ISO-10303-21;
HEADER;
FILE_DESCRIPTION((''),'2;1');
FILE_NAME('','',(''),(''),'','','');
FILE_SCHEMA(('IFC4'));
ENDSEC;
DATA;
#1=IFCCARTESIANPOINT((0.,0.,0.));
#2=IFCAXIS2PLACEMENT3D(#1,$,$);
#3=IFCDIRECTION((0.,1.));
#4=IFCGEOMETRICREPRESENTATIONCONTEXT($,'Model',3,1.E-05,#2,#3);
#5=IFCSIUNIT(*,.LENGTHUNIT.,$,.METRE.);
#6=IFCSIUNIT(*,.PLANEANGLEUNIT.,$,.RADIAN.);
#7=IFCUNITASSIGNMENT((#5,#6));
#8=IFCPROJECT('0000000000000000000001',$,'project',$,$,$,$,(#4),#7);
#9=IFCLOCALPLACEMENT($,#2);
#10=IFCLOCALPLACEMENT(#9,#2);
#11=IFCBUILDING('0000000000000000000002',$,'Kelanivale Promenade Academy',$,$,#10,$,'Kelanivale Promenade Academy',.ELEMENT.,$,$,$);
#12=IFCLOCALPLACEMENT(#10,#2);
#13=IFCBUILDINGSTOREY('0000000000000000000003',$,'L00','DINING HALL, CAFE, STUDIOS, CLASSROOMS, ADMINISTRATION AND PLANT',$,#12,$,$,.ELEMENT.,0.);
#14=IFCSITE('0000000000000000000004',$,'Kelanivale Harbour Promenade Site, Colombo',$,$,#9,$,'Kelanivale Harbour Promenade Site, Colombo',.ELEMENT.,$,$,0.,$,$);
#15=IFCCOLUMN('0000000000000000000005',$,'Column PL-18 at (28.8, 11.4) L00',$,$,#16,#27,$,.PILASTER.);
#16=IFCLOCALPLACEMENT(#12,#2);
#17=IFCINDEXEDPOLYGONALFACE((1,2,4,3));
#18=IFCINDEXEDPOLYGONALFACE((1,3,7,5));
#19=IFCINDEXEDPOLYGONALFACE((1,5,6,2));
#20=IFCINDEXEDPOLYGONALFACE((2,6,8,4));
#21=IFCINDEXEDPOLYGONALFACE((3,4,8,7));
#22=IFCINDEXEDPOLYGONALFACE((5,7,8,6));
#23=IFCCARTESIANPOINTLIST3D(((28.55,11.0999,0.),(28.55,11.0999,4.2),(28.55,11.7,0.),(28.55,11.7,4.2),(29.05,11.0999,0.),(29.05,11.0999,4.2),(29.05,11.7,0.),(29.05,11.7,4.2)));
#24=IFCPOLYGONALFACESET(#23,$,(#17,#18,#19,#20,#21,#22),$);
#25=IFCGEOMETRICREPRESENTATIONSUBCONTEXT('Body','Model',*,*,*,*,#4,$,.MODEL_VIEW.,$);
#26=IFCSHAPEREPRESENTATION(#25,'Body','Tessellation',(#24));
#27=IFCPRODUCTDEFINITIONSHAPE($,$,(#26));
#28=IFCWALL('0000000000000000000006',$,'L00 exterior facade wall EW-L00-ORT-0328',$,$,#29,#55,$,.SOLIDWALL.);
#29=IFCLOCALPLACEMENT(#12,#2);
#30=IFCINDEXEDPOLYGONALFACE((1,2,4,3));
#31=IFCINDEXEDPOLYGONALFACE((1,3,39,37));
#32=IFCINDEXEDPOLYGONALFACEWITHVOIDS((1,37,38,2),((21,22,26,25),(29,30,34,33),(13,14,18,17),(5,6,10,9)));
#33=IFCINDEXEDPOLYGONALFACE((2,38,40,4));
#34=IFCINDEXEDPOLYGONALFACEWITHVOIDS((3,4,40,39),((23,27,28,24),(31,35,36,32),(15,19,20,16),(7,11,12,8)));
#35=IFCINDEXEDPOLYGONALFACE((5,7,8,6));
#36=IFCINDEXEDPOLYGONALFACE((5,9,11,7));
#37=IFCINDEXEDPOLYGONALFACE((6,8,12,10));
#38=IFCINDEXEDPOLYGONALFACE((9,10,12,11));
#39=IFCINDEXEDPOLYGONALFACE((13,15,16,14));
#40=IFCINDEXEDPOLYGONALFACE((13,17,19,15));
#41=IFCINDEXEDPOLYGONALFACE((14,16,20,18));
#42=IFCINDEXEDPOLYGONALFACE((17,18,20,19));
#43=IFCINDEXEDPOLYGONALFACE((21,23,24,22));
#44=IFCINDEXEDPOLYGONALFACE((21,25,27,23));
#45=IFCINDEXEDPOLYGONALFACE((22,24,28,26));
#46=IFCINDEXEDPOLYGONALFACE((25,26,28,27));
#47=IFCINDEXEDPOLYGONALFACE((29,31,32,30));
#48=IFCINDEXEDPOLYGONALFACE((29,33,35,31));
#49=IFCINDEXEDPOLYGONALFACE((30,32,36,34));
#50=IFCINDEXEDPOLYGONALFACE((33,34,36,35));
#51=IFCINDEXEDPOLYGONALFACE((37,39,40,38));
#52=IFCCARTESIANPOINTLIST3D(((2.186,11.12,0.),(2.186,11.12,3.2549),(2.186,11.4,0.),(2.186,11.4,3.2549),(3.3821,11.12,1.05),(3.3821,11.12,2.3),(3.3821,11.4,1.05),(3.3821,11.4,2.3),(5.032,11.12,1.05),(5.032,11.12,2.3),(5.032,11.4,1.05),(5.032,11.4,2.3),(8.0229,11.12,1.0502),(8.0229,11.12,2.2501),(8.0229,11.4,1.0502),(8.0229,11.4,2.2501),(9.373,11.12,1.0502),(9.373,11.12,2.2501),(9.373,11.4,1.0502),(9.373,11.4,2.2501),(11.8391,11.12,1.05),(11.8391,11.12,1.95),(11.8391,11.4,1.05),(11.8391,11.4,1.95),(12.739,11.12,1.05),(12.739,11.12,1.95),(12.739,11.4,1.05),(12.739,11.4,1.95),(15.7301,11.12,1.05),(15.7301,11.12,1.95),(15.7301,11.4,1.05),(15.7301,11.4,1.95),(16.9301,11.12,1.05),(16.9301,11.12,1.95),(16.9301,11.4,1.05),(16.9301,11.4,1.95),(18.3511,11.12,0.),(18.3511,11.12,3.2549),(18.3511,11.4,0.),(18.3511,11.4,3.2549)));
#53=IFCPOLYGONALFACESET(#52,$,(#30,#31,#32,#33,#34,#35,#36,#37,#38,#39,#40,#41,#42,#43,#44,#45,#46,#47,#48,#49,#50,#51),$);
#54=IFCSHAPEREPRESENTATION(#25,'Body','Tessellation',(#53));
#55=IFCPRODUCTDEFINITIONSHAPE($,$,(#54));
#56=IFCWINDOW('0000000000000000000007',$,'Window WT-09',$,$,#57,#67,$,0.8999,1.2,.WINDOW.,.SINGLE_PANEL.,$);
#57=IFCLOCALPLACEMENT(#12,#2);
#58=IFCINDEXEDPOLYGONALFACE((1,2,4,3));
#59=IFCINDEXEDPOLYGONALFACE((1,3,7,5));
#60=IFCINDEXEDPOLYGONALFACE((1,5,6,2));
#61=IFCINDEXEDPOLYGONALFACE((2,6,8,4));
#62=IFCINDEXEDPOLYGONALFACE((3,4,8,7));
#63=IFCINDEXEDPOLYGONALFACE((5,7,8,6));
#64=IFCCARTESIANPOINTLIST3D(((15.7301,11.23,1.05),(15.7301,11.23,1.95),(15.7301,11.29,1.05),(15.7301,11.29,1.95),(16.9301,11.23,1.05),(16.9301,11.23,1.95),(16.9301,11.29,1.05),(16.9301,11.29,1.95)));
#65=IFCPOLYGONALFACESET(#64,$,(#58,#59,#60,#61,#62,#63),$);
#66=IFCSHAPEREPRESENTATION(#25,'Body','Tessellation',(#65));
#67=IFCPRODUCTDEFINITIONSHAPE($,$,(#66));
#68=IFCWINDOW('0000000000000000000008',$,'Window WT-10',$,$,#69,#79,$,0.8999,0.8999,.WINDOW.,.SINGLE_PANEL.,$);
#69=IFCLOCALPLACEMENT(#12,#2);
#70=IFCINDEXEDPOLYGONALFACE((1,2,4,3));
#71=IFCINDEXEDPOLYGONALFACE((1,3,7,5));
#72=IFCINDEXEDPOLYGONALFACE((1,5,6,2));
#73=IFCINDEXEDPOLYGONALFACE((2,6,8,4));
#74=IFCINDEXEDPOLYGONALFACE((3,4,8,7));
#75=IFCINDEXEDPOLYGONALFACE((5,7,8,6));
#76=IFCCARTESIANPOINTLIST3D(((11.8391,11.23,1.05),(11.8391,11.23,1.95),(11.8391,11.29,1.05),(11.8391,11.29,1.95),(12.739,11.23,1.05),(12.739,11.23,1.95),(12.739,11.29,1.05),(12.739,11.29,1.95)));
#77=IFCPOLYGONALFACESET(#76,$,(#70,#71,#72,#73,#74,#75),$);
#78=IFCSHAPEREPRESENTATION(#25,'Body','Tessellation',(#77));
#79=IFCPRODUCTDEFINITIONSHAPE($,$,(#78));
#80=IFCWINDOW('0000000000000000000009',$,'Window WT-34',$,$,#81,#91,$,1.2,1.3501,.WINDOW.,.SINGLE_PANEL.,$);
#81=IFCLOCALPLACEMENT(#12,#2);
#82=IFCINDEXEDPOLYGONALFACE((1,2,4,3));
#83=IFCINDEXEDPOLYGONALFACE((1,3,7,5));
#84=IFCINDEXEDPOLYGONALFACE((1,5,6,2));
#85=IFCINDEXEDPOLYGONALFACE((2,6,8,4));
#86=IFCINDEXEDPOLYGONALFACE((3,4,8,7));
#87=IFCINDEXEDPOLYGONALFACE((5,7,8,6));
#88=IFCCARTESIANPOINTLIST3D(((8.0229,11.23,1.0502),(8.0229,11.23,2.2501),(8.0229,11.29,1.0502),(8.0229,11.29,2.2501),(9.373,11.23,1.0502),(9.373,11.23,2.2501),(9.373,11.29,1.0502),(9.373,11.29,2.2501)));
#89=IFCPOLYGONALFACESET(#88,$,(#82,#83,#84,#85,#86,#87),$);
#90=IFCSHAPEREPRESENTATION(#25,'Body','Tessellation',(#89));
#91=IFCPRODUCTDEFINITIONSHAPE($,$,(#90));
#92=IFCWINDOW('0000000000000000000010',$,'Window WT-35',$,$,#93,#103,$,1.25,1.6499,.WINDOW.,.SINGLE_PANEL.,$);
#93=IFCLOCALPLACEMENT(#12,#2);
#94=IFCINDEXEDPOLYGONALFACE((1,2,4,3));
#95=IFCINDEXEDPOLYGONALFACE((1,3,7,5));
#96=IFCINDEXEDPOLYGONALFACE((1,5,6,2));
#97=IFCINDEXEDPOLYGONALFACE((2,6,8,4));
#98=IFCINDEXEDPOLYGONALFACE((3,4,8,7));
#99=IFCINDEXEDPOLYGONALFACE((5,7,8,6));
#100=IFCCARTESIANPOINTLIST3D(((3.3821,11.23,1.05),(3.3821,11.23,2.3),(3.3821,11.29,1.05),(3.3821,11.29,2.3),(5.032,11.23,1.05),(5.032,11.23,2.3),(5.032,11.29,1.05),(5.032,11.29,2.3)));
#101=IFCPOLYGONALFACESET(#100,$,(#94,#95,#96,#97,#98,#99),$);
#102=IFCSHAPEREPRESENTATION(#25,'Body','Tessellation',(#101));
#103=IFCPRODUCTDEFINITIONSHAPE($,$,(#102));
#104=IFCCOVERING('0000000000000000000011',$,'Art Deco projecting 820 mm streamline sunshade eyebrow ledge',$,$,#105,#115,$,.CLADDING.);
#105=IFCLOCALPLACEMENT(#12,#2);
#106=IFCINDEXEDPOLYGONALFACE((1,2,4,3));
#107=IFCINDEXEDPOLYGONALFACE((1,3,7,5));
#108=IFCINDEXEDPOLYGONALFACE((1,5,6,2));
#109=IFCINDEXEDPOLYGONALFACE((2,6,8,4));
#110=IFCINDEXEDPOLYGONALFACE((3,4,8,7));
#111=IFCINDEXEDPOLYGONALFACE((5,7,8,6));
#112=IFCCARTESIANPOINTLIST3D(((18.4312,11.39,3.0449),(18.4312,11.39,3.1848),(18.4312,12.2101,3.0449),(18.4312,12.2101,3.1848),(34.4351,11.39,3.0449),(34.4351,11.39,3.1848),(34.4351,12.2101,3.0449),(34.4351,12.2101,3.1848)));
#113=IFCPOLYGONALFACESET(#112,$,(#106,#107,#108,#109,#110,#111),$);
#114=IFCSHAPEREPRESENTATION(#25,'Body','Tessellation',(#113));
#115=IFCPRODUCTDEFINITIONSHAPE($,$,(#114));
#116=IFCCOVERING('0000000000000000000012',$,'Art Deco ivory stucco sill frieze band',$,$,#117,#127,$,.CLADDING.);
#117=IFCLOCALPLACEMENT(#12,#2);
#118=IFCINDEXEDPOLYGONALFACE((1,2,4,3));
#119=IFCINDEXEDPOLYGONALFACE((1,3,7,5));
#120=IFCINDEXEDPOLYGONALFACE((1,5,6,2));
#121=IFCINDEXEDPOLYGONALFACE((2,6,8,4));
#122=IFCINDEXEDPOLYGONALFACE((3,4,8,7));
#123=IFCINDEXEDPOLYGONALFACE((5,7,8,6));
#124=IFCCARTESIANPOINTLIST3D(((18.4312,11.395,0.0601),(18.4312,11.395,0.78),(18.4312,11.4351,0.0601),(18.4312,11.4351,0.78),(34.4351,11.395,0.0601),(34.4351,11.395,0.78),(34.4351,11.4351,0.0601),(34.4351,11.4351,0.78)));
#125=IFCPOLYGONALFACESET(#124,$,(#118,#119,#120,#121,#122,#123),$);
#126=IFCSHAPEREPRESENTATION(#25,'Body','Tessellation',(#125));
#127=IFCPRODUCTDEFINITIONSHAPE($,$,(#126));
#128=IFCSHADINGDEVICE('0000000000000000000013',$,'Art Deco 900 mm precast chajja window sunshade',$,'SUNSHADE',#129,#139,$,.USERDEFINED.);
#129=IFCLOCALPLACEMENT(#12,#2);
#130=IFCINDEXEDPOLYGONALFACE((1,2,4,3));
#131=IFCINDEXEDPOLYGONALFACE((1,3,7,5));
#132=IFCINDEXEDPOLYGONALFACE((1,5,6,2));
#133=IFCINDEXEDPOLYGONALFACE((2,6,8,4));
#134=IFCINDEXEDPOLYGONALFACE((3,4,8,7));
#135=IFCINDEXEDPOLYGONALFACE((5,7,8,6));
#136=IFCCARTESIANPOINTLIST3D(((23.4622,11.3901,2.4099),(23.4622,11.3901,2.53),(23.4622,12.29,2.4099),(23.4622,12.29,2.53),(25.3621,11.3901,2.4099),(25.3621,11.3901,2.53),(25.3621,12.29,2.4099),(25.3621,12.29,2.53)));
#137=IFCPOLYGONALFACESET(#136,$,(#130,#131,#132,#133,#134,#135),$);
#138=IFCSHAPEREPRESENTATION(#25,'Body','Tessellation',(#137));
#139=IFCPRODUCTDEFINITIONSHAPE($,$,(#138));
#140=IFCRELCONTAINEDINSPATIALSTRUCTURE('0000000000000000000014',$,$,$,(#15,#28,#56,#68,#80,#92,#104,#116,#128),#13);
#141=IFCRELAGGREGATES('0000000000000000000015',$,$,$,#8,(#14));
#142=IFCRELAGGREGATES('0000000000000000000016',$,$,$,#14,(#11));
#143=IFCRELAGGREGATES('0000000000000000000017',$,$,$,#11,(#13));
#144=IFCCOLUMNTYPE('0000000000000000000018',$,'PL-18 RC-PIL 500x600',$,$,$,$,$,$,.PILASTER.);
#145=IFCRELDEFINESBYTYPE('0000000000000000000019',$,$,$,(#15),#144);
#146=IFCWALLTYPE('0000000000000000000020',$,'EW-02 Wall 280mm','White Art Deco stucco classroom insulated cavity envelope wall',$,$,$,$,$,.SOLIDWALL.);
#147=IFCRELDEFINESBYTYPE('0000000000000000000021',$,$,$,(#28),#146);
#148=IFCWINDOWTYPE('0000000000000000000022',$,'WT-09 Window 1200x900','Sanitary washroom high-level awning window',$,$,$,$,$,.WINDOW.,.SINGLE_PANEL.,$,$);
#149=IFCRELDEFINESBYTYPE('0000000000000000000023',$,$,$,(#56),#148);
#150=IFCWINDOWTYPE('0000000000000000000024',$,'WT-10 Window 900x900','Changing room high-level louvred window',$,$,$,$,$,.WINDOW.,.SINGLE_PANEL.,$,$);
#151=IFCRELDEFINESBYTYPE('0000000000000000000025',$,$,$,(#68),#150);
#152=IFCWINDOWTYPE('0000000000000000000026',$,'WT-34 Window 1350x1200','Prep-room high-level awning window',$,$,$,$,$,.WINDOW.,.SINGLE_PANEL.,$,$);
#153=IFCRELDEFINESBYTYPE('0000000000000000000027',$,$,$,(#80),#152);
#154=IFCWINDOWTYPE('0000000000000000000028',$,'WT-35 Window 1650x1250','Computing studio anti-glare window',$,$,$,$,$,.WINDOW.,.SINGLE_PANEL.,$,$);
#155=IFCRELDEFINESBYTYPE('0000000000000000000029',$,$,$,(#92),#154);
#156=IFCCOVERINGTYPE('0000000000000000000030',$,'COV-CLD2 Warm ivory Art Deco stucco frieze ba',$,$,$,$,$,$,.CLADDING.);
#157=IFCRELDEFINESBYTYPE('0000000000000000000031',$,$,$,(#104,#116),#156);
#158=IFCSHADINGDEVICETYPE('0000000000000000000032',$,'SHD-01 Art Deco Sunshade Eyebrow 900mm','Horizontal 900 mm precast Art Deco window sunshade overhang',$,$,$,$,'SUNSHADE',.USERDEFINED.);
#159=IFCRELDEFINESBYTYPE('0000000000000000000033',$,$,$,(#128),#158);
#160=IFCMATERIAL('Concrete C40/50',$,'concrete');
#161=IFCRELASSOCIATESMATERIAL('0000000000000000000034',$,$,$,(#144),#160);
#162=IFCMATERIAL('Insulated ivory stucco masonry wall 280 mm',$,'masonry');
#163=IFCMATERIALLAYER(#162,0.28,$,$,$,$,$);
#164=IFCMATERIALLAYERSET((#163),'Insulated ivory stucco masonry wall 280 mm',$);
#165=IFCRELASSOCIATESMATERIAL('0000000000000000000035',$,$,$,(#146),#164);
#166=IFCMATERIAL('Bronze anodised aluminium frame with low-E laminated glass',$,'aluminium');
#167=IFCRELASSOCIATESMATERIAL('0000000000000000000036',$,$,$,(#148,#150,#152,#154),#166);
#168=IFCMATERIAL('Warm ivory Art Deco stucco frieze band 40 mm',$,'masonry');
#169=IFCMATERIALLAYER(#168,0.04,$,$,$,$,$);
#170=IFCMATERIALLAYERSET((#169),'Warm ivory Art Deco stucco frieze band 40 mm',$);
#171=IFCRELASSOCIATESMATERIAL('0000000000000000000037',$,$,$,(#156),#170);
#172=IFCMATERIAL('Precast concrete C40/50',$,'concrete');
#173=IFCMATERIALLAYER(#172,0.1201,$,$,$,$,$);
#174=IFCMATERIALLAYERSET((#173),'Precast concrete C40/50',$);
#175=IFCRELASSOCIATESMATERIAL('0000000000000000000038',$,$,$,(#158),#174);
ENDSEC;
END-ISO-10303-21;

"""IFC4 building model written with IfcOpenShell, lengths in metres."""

from ifc_helpers import new_model, si_unit, direction, frame, frame_2d, origin, origin_2d, place, context, subcontext, project, spatial, rectangle, extrude, material, layer, layer_set, material_profile, profile_set, type_object, element, fill, save


model = new_model("IFC4")

# Units and contexts
model_context = context("Model", 3, precision=1e-05, world=origin(), true_north=direction((0.0, 1.0)))
body_context = subcontext(model_context, "Body", "Model", "MODEL_VIEW")
ifc_project = project(units=[si_unit("LENGTHUNIT", "METRE"), si_unit("PLANEANGLEUNIT", "RADIAN")], contexts=[model_context])

# Site, building, storey
site_placement = place(None, origin())
site = spatial("IfcSite", under=ifc_project, at=site_placement, Name="Kelanivale Harbour Promenade Site, Colombo", LongName="Kelanivale Harbour Promenade Site, Colombo", CompositionType="ELEMENT", RefElevation=0.0)
building_placement = place(site_placement, origin())
building = spatial("IfcBuilding", under=site, at=building_placement, Name="Kelanivale Promenade Academy", LongName="Kelanivale Promenade Academy", CompositionType="ELEMENT")
storey_placement = place(building_placement, origin())
storey = spatial("IfcBuildingStorey", under=building, at=storey_placement, Name="L00", Description="DINING HALL, CAFE, STUDIOS, CLASSROOMS, ADMINISTRATION AND PLANT", CompositionType="ELEMENT", Elevation=0.0)

# Column
ifc_material_1 = material(Name="Concrete C40/50", Category="concrete")
ifc_material_profile_1 = material_profile(ifc_material_1, rectangle(XDim=0.5, YDim=0.6001, at=origin_2d()), Name="RC-PIL 500x600")
ifc_profile_set_1 = profile_set([ifc_material_profile_1], Name="Concrete C40/50")
column_type_1 = type_object("IfcColumnType", Name="PL-18 RC-PIL 500x600", PredefinedType="PILASTER", material=ifc_profile_set_1)
column_1_placement = place(storey_placement, frame((28.8, 11.3999, 0.0), z_axis=(0.0, 0.0, 1.0), x_axis=(1.0, 0.0, 0.0)))
element("IfcColumn", 1, at=column_1_placement, inside=storey, type_object=column_type_1, Name="Column PL-18 at (28.8, 11.4) L00", PredefinedType="PILASTER", context=body_context, shape_type="SweptSolid", body=[
    extrude(rectangle(XDim=0.5, YDim=0.6001, at=origin_2d()), origin(), (0.0, 0.0, 1.0), 4.2),
])

# Wall, openings, windows
ifc_material_2 = material(Name="Insulated ivory stucco masonry wall 280 mm", Category="masonry")
ifc_layer_1 = layer(ifc_material_2, 0.28)
ifc_layer_set_1 = layer_set([ifc_layer_1], Name="Insulated ivory stucco masonry wall 280 mm")
wall_type = type_object("IfcWallType", Name="EW-02 Wall 280mm", Description="White Art Deco stucco classroom insulated cavity envelope wall", PredefinedType="SOLIDWALL", material=ifc_layer_set_1)
wall_placement = place(storey_placement, frame((18.3511, 11.26, 0.0), z_axis=(0.0, 0.0, 1.0), x_axis=(-1.0, 0.0, 0.0)))
wall = element("IfcWall", 2, at=wall_placement, inside=storey, type_object=wall_type, Name="L00 exterior facade wall EW-L00-ORT-0328", PredefinedType="SOLIDWALL", context=body_context, shape_type="SweptSolid", body=[
    extrude(rectangle(XDim=16.165, YDim=0.28, at=frame_2d((8.0825, 0.0))), origin(), (0.0, 0.0, 1.0), 3.2549),
])
opening_1_placement = place(wall_placement, frame((1.4209, 0.0, 1.05)))
opening_1 = element("IfcOpeningElement", 3, at=opening_1_placement, cuts=wall, PredefinedType="OPENING", context=body_context, shape_type="SweptSolid", body=[
    extrude(rectangle(XDim=1.2, YDim=0.8999, at=frame_2d((0.6001, 0.45))), frame((0.0, 0.1499, 0.0), z_axis=(0.0, -1.0, 0.0), x_axis=(1.0, 0.0, 0.0)), (0.0, 0.0, 1.0), 0.3),
])
opening_2_placement = place(wall_placement, frame((5.6121, 0.0, 1.05)))
opening_2 = element("IfcOpeningElement", 4, at=opening_2_placement, cuts=wall, PredefinedType="OPENING", context=body_context, shape_type="SweptSolid", body=[
    extrude(rectangle(XDim=0.8999, YDim=0.8999, at=frame_2d((0.45, 0.45))), frame((0.0, 0.1499, 0.0), z_axis=(0.0, -1.0, 0.0), x_axis=(1.0, 0.0, 0.0)), (0.0, 0.0, 1.0), 0.3),
])
opening_3_placement = place(wall_placement, frame((8.978, 0.0, 1.05)))
opening_3 = element("IfcOpeningElement", 5, at=opening_3_placement, cuts=wall, PredefinedType="OPENING", context=body_context, shape_type="SweptSolid", body=[
    extrude(rectangle(XDim=1.3501, YDim=1.2, at=frame_2d((0.675, 0.6001))), frame((0.0, 0.1499, 0.0), z_axis=(0.0, -1.0, 0.0), x_axis=(1.0, 0.0, 0.0)), (0.0, 0.0, 1.0), 0.3),
])
opening_4_placement = place(wall_placement, frame((13.3191, 0.0, 1.05)))
opening_4 = element("IfcOpeningElement", 6, at=opening_4_placement, cuts=wall, PredefinedType="OPENING", context=body_context, shape_type="SweptSolid", body=[
    extrude(rectangle(XDim=1.6499, YDim=1.25, at=frame_2d((0.825, 0.625))), frame((0.0, 0.1499, 0.0), z_axis=(0.0, -1.0, 0.0), x_axis=(1.0, 0.0, 0.0)), (0.0, 0.0, 1.0), 0.3),
])
ifc_material_3 = material(Name="Bronze anodised aluminium frame with low-E laminated glass", Category="aluminium")
window_type_1 = type_object("IfcWindowType", Name="WT-09 Window 1200x900", Description="Sanitary washroom high-level awning window", PartitioningType="SINGLE_PANEL", PredefinedType="WINDOW", material=ifc_material_3)
window_1_placement = place(opening_1_placement, origin())
window_1 = element("IfcWindow", 7, at=window_1_placement, inside=storey, type_object=window_type_1, Name="Window WT-09", OverallHeight=0.8999, OverallWidth=1.2, PartitioningType="SINGLE_PANEL", PredefinedType="WINDOW", context=body_context, shape_type="SweptSolid", body=[
    extrude(rectangle(XDim=1.2, YDim=0.8999, at=frame_2d((0.6001, 0.45))), frame((0.0, 0.03, 0.0), z_axis=(0.0, -1.0, 0.0), x_axis=(1.0, 0.0, 0.0)), (0.0, 0.0, 1.0), 0.0601),
])
fill(opening_1, window_1)
window_type_2 = type_object("IfcWindowType", Name="WT-10 Window 900x900", Description="Changing room high-level louvred window", PartitioningType="SINGLE_PANEL", PredefinedType="WINDOW", material=ifc_material_3)
window_2_placement = place(opening_2_placement, origin())
window_2 = element("IfcWindow", 8, at=window_2_placement, inside=storey, type_object=window_type_2, Name="Window WT-10", OverallHeight=0.8999, OverallWidth=0.8999, PartitioningType="SINGLE_PANEL", PredefinedType="WINDOW", context=body_context, shape_type="SweptSolid", body=[
    extrude(rectangle(XDim=0.8999, YDim=0.8999, at=frame_2d((0.45, 0.45))), frame((0.0, 0.03, 0.0), z_axis=(0.0, -1.0, 0.0), x_axis=(1.0, 0.0, 0.0)), (0.0, 0.0, 1.0), 0.0601),
])
fill(opening_2, window_2)
window_type_3 = type_object("IfcWindowType", Name="WT-34 Window 1350x1200", Description="Prep-room high-level awning window", PartitioningType="SINGLE_PANEL", PredefinedType="WINDOW", material=ifc_material_3)
window_3_placement = place(opening_3_placement, origin())
window_3 = element("IfcWindow", 9, at=window_3_placement, inside=storey, type_object=window_type_3, Name="Window WT-34", OverallHeight=1.2, OverallWidth=1.3501, PartitioningType="SINGLE_PANEL", PredefinedType="WINDOW", context=body_context, shape_type="SweptSolid", body=[
    extrude(rectangle(XDim=1.3501, YDim=1.2, at=frame_2d((0.675, 0.6001))), frame((0.0, 0.03, 0.0), z_axis=(0.0, -1.0, 0.0), x_axis=(1.0, 0.0, 0.0)), (0.0, 0.0, 1.0), 0.0601),
])
fill(opening_3, window_3)
window_type_4 = type_object("IfcWindowType", Name="WT-35 Window 1650x1250", Description="Computing studio anti-glare window", PartitioningType="SINGLE_PANEL", PredefinedType="WINDOW", material=ifc_material_3)
window_4_placement = place(opening_4_placement, origin())
window_4 = element("IfcWindow", 10, at=window_4_placement, inside=storey, type_object=window_type_4, Name="Window WT-35", OverallHeight=1.25, OverallWidth=1.6499, PartitioningType="SINGLE_PANEL", PredefinedType="WINDOW", context=body_context, shape_type="SweptSolid", body=[
    extrude(rectangle(XDim=1.6499, YDim=1.25, at=frame_2d((0.825, 0.625))), frame((0.0, 0.03, 0.0), z_axis=(0.0, -1.0, 0.0), x_axis=(1.0, 0.0, 0.0)), (0.0, 0.0, 1.0), 0.0601),
])
fill(opening_4, window_4)

# Coverings
ifc_material_4 = material(Name="Warm ivory Art Deco stucco frieze band 40 mm", Category="masonry")
ifc_layer_2 = layer(ifc_material_4, 0.04)
ifc_layer_set_2 = layer_set([ifc_layer_2], Name="Warm ivory Art Deco stucco frieze band 40 mm")
covering_type = type_object("IfcCoveringType", Name="COV-CLD2 Warm ivory Art Deco stucco frieze ba", PredefinedType="CLADDING", material=ifc_layer_set_2)
covering_1_placement = place(storey_placement, frame((26.4331, 11.8, 3.0449), z_axis=(0.0, 0.0, 1.0), x_axis=(-1.0, 0.0, 0.0)))
element("IfcCovering", 11, at=covering_1_placement, inside=storey, type_object=covering_type, Name="Art Deco projecting 820 mm streamline sunshade eyebrow ledge", PredefinedType="CLADDING", context=body_context, shape_type="SweptSolid", body=[
    extrude(rectangle(XDim=16.0039, YDim=0.8201, at=origin_2d()), origin(), (0.0, 0.0, 1.0), 0.1399),
])
covering_2_placement = place(storey_placement, frame((26.4331, 11.415, 0.0601), z_axis=(0.0, 0.0, 1.0), x_axis=(-1.0, 0.0, 0.0)))
element("IfcCovering", 12, at=covering_2_placement, inside=storey, type_object=covering_type, Name="Art Deco ivory stucco sill frieze band", PredefinedType="CLADDING", context=body_context, shape_type="SweptSolid", body=[
    extrude(rectangle(XDim=16.0039, YDim=0.04, at=origin_2d()), origin(), (0.0, 0.0, 1.0), 0.72),
])

# Shading device
ifc_material_5 = material(Name="Precast concrete C40/50", Category="concrete")
ifc_layer_3 = layer(ifc_material_5, 0.1201)
ifc_layer_set_3 = layer_set([ifc_layer_3], Name="Precast concrete C40/50")
shading_device_type = type_object("IfcShadingDeviceType", Name="SHD-01 Art Deco Sunshade Eyebrow 900mm", Description="Horizontal 900 mm precast Art Deco window sunshade overhang", ElementType="SUNSHADE", PredefinedType="USERDEFINED", material=ifc_layer_set_3)
shading_device_placement = place(storey_placement, frame((24.4121, 11.8401, 2.4099), z_axis=(0.0, 0.0, 1.0), x_axis=(-1.0, 0.0, 0.0)))
element("IfcShadingDevice", 13, at=shading_device_placement, inside=storey, type_object=shading_device_type, Name="Art Deco 900 mm precast chajja window sunshade", ObjectType="SUNSHADE", PredefinedType="USERDEFINED", context=body_context, shape_type="SweptSolid", body=[
    extrude(rectangle(XDim=1.8999, YDim=0.8999, at=origin_2d()), origin(), (0.0, 0.0, 1.0), 0.1201),
])

save(model, "model.ifc")
